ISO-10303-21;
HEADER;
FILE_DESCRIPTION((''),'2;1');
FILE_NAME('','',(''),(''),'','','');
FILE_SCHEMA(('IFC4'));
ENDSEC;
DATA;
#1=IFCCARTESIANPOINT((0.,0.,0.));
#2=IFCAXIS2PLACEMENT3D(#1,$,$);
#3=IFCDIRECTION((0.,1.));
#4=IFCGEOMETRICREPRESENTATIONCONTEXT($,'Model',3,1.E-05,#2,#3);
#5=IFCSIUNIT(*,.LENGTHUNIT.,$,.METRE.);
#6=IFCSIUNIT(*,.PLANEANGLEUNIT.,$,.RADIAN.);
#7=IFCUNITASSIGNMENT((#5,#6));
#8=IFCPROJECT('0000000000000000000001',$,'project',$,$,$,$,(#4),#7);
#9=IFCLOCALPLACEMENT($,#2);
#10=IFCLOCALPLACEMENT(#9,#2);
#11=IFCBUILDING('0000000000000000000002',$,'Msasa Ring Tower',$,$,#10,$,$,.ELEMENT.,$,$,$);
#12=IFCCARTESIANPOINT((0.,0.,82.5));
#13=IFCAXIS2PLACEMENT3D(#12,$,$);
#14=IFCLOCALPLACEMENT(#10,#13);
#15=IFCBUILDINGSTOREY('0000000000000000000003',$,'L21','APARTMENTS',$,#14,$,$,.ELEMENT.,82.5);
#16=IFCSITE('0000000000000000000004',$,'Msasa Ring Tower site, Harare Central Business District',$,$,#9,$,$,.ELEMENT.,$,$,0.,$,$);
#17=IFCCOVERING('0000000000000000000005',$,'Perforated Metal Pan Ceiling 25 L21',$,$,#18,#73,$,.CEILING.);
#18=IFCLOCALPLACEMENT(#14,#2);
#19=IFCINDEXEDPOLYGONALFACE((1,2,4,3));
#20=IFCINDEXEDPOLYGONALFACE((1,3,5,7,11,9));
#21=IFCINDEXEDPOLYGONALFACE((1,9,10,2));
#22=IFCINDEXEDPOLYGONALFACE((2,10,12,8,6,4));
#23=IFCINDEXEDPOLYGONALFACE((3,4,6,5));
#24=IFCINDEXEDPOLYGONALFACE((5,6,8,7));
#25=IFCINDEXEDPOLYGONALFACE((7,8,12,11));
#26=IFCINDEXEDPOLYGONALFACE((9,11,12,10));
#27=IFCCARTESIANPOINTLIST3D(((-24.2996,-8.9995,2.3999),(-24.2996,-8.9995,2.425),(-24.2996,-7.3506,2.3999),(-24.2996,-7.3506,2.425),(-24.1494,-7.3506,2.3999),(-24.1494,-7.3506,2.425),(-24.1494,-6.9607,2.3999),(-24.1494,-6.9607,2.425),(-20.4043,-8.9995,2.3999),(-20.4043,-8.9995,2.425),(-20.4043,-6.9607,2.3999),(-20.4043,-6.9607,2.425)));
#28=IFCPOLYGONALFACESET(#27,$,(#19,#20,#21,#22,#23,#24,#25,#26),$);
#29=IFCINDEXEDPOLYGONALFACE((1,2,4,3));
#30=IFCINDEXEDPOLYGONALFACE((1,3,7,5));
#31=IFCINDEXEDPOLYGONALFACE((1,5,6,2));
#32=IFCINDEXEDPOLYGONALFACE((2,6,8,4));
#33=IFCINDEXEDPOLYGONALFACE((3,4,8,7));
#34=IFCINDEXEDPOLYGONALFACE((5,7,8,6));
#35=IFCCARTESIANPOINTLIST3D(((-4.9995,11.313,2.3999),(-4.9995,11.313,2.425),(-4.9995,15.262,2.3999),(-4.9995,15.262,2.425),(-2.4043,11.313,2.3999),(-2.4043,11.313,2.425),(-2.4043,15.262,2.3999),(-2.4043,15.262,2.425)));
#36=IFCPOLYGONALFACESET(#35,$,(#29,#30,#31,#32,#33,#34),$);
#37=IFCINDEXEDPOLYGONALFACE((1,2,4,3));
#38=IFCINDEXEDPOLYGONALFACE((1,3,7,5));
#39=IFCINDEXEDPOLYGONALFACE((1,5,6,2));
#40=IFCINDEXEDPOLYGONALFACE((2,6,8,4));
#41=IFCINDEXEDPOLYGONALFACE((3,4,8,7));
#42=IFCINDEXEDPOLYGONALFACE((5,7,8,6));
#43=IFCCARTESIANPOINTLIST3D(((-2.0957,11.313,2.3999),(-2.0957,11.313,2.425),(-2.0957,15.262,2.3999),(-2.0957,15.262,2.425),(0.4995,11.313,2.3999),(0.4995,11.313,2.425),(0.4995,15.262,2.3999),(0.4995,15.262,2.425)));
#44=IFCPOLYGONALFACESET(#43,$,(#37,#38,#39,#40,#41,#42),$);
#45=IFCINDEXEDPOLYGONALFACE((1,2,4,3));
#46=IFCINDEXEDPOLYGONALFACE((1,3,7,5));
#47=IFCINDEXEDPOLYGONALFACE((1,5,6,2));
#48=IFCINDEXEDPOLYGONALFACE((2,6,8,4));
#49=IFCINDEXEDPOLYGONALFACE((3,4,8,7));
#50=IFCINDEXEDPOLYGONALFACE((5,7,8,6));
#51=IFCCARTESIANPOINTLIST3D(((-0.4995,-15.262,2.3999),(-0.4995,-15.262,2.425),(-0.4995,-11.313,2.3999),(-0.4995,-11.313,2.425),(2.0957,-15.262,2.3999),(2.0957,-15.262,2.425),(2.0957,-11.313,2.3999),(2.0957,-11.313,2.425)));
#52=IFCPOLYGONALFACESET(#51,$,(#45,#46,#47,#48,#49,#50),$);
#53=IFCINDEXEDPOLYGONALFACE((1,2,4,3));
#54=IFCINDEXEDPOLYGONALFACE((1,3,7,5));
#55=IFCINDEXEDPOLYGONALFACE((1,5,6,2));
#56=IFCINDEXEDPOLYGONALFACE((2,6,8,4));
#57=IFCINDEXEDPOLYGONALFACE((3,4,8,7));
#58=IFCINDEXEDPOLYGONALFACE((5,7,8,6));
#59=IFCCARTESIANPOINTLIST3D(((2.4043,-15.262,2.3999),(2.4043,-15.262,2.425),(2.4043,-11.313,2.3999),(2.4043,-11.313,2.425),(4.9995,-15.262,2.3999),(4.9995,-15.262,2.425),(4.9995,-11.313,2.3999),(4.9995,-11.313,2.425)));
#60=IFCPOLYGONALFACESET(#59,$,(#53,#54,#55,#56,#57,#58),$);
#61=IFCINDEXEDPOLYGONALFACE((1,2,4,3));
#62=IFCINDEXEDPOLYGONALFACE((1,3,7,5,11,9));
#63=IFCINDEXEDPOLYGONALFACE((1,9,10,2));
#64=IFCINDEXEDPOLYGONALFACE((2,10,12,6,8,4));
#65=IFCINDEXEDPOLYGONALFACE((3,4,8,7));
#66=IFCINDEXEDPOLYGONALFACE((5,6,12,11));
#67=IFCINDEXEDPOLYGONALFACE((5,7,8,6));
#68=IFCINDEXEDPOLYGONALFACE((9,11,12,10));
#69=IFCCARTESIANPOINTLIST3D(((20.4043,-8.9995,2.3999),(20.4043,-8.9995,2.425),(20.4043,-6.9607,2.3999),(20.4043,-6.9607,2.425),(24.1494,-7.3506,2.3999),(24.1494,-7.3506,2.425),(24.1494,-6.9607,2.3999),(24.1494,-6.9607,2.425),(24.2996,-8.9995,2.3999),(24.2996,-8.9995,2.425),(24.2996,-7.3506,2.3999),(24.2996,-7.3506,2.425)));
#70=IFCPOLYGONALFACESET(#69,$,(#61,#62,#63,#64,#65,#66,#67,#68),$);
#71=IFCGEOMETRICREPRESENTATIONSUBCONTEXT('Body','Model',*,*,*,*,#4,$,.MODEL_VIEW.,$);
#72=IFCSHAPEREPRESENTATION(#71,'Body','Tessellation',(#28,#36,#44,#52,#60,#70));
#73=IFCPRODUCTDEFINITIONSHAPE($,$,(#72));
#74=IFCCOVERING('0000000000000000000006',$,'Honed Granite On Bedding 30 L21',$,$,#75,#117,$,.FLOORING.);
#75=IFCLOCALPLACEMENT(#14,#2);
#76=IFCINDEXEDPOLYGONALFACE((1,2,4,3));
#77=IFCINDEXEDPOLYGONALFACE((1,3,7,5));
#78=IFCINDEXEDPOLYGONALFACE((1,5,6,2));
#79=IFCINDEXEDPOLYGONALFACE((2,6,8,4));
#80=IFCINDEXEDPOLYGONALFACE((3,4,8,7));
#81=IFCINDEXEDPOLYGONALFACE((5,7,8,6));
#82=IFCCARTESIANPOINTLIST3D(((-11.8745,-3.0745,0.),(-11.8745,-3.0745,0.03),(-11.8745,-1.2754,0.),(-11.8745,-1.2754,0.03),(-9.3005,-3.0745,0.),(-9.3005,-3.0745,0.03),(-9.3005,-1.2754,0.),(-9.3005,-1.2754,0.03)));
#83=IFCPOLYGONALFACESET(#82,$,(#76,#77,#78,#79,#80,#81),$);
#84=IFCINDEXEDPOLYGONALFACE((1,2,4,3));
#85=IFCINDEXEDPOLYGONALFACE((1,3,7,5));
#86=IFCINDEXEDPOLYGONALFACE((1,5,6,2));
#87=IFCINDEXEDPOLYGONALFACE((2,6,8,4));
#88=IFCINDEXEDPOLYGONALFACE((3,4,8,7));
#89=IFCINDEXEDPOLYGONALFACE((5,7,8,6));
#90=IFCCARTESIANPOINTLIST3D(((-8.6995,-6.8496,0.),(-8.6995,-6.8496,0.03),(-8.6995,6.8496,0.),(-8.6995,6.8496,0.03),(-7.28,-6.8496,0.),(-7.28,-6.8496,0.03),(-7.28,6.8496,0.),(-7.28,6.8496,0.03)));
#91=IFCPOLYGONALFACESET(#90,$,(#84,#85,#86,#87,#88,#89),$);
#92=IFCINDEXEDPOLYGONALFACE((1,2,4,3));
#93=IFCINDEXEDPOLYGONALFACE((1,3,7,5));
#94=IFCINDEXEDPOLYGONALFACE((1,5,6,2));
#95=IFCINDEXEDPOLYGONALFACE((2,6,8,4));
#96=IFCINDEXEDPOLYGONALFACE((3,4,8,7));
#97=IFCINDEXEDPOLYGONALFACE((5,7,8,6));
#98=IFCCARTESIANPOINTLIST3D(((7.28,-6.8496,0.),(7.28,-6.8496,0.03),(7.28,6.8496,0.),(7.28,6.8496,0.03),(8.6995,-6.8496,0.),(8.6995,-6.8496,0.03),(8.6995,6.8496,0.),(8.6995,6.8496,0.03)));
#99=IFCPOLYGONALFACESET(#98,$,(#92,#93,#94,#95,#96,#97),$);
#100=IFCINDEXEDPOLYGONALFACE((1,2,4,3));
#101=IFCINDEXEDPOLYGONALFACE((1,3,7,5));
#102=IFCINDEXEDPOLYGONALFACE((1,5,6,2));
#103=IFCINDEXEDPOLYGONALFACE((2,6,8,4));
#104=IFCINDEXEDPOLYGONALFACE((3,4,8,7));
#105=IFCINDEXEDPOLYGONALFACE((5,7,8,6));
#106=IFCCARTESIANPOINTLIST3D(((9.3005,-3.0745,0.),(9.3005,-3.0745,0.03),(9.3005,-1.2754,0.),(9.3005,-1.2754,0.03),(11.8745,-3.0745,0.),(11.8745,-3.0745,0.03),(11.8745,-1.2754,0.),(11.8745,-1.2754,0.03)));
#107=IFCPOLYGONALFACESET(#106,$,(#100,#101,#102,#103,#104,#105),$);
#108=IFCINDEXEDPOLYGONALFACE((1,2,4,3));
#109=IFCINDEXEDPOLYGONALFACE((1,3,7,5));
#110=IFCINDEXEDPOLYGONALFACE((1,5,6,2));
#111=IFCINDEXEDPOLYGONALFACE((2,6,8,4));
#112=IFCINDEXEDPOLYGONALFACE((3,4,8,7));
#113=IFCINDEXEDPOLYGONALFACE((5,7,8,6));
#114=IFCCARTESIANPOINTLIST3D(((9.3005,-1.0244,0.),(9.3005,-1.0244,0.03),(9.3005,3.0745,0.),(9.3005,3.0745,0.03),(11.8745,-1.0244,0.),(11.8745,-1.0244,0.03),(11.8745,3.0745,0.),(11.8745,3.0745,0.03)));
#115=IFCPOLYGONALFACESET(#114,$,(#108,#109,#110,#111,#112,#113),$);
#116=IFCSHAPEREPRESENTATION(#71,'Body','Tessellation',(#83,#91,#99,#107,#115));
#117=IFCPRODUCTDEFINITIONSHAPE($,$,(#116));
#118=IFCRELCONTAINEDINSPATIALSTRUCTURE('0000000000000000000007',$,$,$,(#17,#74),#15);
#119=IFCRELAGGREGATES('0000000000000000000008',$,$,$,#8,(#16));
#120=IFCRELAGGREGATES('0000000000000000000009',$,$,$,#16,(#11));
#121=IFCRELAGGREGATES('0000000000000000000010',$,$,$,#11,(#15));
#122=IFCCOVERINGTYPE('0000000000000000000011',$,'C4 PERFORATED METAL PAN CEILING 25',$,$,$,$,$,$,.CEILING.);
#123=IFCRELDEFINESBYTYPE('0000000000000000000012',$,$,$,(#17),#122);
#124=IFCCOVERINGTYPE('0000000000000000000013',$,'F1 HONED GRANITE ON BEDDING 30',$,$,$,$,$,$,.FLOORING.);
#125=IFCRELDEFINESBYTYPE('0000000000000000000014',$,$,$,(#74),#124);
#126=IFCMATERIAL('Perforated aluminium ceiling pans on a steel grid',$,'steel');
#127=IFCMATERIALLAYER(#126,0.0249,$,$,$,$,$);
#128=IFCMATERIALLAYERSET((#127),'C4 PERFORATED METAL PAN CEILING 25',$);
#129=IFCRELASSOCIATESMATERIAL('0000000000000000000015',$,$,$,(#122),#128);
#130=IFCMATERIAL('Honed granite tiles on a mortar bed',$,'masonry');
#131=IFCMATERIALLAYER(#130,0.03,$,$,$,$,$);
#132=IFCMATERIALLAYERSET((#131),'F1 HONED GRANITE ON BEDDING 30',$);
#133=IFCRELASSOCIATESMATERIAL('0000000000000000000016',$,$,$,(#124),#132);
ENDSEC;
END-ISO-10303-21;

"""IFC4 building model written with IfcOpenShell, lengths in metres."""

from ifc_helpers import new_model, si_unit, direction, frame, origin, place, context, subcontext, project, spatial, line, indexed_curve, outline, extrude, material, layer, layer_set, type_object, element, save


model = new_model("IFC4")

# Units and contexts
model_context = context("Model", 3, precision=1e-05, world=origin(), true_north=direction((0.0, 1.0)))
body_context = subcontext(model_context, "Body", "Model", "MODEL_VIEW")
ifc_project = project(units=[si_unit("LENGTHUNIT", "METRE"), si_unit("PLANEANGLEUNIT", "RADIAN")], contexts=[model_context])

# Site, building, storey
site_placement = place(None, origin())
site = spatial("IfcSite", under=ifc_project, at=site_placement, Name="Msasa Ring Tower site, Harare Central Business District", CompositionType="ELEMENT", RefElevation=0.0)
building_placement = place(site_placement, origin())
building = spatial("IfcBuilding", under=site, at=building_placement, Name="Msasa Ring Tower", CompositionType="ELEMENT")
storey_placement = place(building_placement, frame((0.0, 0.0, 82.5)))
storey = spatial("IfcBuildingStorey", under=building, at=storey_placement, Name="L21", Description="APARTMENTS", CompositionType="ELEMENT", Elevation=82.5)

# Coverings
ifc_material_1 = material(Name="Perforated aluminium ceiling pans on a steel grid", Category="steel")
ifc_layer_1 = layer(ifc_material_1, 0.0249)
ifc_layer_set_1 = layer_set([ifc_layer_1], Name="C4 PERFORATED METAL PAN CEILING 25")
covering_type_1 = type_object("IfcCoveringType", Name="C4 PERFORATED METAL PAN CEILING 25", PredefinedType="CEILING", material=ifc_layer_set_1)
covering_1_placement = place(storey_placement, frame((0.0, 0.0, 2.3999)))
element("IfcCovering", 1, at=covering_1_placement, inside=storey, type_object=covering_type_1, Name="Perforated Metal Pan Ceiling 25 L21", PredefinedType="CEILING", context=body_context, shape_type="SweptSolid", body=[
    extrude(outline(indexed_curve([(-24.2996, -8.9995), (-24.2996, -7.3506), (-24.1494, -7.3506), (-24.1494, -6.9607), (-20.4043, -6.9607), (-20.4043, -8.9995)], segments=[line(1, 2, 3, 4, 5, 6, 1)], self_intersect=False)), origin(), (0.0, 0.0, 1.0), 0.0251),
    extrude(outline(indexed_curve([(-4.9995, 11.313), (-4.9995, 15.262), (-2.4043, 15.262), (-2.4043, 11.313)], segments=[line(1, 2, 3, 4, 1)], self_intersect=False)), origin(), (0.0, 0.0, 1.0), 0.0251),
    extrude(outline(indexed_curve([(-2.0957, 11.313), (-2.0957, 15.262), (0.4995, 15.262), (0.4995, 11.313)], segments=[line(1, 2, 3, 4, 1)], self_intersect=False)), origin(), (0.0, 0.0, 1.0), 0.0251),
    extrude(outline(indexed_curve([(-0.4995, -15.262), (-0.4995, -11.313), (2.0957, -11.313), (2.0957, -15.262)], segments=[line(1, 2, 3, 4, 1)], self_intersect=False)), origin(), (0.0, 0.0, 1.0), 0.0251),
    extrude(outline(indexed_curve([(2.4043, -15.262), (2.4043, -11.313), (4.9995, -11.313), (4.9995, -15.262)], segments=[line(1, 2, 3, 4, 1)], self_intersect=False)), origin(), (0.0, 0.0, 1.0), 0.0251),
    extrude(outline(indexed_curve([(24.2996, -8.9995), (20.4043, -8.9995), (20.4043, -6.9607), (24.1494, -6.9607), (24.1494, -7.3506), (24.2996, -7.3506)], segments=[line(1, 2, 3, 4, 5, 6, 1)], self_intersect=False)), origin(), (0.0, 0.0, 1.0), 0.0251),
])
ifc_material_2 = material(Name="Honed granite tiles on a mortar bed", Category="masonry")
ifc_layer_2 = layer(ifc_material_2, 0.03)
ifc_layer_set_2 = layer_set([ifc_layer_2], Name="F1 HONED GRANITE ON BEDDING 30")
covering_type_2 = type_object("IfcCoveringType", Name="F1 HONED GRANITE ON BEDDING 30", PredefinedType="FLOORING", material=ifc_layer_set_2)
covering_2_placement = place(storey_placement, origin())
element("IfcCovering", 2, at=covering_2_placement, inside=storey, type_object=covering_type_2, Name="Honed Granite On Bedding 30 L21", PredefinedType="FLOORING", context=body_context, shape_type="SweptSolid", body=[
    extrude(outline(indexed_curve([(-11.8745, -3.0745), (-11.8745, -1.2754), (-9.3005, -1.2754), (-9.3005, -3.0745)], segments=[line(1, 2, 3, 4, 1)], self_intersect=False)), origin(), (0.0, 0.0, 1.0), 0.03),
    extrude(outline(indexed_curve([(-8.6995, -6.8496), (-8.6995, 6.8496), (-7.28, 6.8496), (-7.28, -6.8496)], segments=[line(1, 2, 3, 4, 1)], self_intersect=False)), origin(), (0.0, 0.0, 1.0), 0.03),
    extrude(outline(indexed_curve([(8.6995, 6.8496), (8.6995, -6.8496), (7.28, -6.8496), (7.28, 6.8496)], segments=[line(1, 2, 3, 4, 1)], self_intersect=False)), origin(), (0.0, 0.0, 1.0), 0.03),
    extrude(outline(indexed_curve([(9.3005, -3.0745), (9.3005, -1.2754), (11.8745, -1.2754), (11.8745, -3.0745)], segments=[line(1, 2, 3, 4, 1)], self_intersect=False)), origin(), (0.0, 0.0, 1.0), 0.03),
    extrude(outline(indexed_curve([(9.3005, 3.0745), (11.8745, 3.0745), (11.8745, -1.0244), (9.3005, -1.0244)], segments=[line(1, 2, 3, 4, 1)], self_intersect=False)), origin(), (0.0, 0.0, 1.0), 0.03),
])

save(model, "model.ifc")
